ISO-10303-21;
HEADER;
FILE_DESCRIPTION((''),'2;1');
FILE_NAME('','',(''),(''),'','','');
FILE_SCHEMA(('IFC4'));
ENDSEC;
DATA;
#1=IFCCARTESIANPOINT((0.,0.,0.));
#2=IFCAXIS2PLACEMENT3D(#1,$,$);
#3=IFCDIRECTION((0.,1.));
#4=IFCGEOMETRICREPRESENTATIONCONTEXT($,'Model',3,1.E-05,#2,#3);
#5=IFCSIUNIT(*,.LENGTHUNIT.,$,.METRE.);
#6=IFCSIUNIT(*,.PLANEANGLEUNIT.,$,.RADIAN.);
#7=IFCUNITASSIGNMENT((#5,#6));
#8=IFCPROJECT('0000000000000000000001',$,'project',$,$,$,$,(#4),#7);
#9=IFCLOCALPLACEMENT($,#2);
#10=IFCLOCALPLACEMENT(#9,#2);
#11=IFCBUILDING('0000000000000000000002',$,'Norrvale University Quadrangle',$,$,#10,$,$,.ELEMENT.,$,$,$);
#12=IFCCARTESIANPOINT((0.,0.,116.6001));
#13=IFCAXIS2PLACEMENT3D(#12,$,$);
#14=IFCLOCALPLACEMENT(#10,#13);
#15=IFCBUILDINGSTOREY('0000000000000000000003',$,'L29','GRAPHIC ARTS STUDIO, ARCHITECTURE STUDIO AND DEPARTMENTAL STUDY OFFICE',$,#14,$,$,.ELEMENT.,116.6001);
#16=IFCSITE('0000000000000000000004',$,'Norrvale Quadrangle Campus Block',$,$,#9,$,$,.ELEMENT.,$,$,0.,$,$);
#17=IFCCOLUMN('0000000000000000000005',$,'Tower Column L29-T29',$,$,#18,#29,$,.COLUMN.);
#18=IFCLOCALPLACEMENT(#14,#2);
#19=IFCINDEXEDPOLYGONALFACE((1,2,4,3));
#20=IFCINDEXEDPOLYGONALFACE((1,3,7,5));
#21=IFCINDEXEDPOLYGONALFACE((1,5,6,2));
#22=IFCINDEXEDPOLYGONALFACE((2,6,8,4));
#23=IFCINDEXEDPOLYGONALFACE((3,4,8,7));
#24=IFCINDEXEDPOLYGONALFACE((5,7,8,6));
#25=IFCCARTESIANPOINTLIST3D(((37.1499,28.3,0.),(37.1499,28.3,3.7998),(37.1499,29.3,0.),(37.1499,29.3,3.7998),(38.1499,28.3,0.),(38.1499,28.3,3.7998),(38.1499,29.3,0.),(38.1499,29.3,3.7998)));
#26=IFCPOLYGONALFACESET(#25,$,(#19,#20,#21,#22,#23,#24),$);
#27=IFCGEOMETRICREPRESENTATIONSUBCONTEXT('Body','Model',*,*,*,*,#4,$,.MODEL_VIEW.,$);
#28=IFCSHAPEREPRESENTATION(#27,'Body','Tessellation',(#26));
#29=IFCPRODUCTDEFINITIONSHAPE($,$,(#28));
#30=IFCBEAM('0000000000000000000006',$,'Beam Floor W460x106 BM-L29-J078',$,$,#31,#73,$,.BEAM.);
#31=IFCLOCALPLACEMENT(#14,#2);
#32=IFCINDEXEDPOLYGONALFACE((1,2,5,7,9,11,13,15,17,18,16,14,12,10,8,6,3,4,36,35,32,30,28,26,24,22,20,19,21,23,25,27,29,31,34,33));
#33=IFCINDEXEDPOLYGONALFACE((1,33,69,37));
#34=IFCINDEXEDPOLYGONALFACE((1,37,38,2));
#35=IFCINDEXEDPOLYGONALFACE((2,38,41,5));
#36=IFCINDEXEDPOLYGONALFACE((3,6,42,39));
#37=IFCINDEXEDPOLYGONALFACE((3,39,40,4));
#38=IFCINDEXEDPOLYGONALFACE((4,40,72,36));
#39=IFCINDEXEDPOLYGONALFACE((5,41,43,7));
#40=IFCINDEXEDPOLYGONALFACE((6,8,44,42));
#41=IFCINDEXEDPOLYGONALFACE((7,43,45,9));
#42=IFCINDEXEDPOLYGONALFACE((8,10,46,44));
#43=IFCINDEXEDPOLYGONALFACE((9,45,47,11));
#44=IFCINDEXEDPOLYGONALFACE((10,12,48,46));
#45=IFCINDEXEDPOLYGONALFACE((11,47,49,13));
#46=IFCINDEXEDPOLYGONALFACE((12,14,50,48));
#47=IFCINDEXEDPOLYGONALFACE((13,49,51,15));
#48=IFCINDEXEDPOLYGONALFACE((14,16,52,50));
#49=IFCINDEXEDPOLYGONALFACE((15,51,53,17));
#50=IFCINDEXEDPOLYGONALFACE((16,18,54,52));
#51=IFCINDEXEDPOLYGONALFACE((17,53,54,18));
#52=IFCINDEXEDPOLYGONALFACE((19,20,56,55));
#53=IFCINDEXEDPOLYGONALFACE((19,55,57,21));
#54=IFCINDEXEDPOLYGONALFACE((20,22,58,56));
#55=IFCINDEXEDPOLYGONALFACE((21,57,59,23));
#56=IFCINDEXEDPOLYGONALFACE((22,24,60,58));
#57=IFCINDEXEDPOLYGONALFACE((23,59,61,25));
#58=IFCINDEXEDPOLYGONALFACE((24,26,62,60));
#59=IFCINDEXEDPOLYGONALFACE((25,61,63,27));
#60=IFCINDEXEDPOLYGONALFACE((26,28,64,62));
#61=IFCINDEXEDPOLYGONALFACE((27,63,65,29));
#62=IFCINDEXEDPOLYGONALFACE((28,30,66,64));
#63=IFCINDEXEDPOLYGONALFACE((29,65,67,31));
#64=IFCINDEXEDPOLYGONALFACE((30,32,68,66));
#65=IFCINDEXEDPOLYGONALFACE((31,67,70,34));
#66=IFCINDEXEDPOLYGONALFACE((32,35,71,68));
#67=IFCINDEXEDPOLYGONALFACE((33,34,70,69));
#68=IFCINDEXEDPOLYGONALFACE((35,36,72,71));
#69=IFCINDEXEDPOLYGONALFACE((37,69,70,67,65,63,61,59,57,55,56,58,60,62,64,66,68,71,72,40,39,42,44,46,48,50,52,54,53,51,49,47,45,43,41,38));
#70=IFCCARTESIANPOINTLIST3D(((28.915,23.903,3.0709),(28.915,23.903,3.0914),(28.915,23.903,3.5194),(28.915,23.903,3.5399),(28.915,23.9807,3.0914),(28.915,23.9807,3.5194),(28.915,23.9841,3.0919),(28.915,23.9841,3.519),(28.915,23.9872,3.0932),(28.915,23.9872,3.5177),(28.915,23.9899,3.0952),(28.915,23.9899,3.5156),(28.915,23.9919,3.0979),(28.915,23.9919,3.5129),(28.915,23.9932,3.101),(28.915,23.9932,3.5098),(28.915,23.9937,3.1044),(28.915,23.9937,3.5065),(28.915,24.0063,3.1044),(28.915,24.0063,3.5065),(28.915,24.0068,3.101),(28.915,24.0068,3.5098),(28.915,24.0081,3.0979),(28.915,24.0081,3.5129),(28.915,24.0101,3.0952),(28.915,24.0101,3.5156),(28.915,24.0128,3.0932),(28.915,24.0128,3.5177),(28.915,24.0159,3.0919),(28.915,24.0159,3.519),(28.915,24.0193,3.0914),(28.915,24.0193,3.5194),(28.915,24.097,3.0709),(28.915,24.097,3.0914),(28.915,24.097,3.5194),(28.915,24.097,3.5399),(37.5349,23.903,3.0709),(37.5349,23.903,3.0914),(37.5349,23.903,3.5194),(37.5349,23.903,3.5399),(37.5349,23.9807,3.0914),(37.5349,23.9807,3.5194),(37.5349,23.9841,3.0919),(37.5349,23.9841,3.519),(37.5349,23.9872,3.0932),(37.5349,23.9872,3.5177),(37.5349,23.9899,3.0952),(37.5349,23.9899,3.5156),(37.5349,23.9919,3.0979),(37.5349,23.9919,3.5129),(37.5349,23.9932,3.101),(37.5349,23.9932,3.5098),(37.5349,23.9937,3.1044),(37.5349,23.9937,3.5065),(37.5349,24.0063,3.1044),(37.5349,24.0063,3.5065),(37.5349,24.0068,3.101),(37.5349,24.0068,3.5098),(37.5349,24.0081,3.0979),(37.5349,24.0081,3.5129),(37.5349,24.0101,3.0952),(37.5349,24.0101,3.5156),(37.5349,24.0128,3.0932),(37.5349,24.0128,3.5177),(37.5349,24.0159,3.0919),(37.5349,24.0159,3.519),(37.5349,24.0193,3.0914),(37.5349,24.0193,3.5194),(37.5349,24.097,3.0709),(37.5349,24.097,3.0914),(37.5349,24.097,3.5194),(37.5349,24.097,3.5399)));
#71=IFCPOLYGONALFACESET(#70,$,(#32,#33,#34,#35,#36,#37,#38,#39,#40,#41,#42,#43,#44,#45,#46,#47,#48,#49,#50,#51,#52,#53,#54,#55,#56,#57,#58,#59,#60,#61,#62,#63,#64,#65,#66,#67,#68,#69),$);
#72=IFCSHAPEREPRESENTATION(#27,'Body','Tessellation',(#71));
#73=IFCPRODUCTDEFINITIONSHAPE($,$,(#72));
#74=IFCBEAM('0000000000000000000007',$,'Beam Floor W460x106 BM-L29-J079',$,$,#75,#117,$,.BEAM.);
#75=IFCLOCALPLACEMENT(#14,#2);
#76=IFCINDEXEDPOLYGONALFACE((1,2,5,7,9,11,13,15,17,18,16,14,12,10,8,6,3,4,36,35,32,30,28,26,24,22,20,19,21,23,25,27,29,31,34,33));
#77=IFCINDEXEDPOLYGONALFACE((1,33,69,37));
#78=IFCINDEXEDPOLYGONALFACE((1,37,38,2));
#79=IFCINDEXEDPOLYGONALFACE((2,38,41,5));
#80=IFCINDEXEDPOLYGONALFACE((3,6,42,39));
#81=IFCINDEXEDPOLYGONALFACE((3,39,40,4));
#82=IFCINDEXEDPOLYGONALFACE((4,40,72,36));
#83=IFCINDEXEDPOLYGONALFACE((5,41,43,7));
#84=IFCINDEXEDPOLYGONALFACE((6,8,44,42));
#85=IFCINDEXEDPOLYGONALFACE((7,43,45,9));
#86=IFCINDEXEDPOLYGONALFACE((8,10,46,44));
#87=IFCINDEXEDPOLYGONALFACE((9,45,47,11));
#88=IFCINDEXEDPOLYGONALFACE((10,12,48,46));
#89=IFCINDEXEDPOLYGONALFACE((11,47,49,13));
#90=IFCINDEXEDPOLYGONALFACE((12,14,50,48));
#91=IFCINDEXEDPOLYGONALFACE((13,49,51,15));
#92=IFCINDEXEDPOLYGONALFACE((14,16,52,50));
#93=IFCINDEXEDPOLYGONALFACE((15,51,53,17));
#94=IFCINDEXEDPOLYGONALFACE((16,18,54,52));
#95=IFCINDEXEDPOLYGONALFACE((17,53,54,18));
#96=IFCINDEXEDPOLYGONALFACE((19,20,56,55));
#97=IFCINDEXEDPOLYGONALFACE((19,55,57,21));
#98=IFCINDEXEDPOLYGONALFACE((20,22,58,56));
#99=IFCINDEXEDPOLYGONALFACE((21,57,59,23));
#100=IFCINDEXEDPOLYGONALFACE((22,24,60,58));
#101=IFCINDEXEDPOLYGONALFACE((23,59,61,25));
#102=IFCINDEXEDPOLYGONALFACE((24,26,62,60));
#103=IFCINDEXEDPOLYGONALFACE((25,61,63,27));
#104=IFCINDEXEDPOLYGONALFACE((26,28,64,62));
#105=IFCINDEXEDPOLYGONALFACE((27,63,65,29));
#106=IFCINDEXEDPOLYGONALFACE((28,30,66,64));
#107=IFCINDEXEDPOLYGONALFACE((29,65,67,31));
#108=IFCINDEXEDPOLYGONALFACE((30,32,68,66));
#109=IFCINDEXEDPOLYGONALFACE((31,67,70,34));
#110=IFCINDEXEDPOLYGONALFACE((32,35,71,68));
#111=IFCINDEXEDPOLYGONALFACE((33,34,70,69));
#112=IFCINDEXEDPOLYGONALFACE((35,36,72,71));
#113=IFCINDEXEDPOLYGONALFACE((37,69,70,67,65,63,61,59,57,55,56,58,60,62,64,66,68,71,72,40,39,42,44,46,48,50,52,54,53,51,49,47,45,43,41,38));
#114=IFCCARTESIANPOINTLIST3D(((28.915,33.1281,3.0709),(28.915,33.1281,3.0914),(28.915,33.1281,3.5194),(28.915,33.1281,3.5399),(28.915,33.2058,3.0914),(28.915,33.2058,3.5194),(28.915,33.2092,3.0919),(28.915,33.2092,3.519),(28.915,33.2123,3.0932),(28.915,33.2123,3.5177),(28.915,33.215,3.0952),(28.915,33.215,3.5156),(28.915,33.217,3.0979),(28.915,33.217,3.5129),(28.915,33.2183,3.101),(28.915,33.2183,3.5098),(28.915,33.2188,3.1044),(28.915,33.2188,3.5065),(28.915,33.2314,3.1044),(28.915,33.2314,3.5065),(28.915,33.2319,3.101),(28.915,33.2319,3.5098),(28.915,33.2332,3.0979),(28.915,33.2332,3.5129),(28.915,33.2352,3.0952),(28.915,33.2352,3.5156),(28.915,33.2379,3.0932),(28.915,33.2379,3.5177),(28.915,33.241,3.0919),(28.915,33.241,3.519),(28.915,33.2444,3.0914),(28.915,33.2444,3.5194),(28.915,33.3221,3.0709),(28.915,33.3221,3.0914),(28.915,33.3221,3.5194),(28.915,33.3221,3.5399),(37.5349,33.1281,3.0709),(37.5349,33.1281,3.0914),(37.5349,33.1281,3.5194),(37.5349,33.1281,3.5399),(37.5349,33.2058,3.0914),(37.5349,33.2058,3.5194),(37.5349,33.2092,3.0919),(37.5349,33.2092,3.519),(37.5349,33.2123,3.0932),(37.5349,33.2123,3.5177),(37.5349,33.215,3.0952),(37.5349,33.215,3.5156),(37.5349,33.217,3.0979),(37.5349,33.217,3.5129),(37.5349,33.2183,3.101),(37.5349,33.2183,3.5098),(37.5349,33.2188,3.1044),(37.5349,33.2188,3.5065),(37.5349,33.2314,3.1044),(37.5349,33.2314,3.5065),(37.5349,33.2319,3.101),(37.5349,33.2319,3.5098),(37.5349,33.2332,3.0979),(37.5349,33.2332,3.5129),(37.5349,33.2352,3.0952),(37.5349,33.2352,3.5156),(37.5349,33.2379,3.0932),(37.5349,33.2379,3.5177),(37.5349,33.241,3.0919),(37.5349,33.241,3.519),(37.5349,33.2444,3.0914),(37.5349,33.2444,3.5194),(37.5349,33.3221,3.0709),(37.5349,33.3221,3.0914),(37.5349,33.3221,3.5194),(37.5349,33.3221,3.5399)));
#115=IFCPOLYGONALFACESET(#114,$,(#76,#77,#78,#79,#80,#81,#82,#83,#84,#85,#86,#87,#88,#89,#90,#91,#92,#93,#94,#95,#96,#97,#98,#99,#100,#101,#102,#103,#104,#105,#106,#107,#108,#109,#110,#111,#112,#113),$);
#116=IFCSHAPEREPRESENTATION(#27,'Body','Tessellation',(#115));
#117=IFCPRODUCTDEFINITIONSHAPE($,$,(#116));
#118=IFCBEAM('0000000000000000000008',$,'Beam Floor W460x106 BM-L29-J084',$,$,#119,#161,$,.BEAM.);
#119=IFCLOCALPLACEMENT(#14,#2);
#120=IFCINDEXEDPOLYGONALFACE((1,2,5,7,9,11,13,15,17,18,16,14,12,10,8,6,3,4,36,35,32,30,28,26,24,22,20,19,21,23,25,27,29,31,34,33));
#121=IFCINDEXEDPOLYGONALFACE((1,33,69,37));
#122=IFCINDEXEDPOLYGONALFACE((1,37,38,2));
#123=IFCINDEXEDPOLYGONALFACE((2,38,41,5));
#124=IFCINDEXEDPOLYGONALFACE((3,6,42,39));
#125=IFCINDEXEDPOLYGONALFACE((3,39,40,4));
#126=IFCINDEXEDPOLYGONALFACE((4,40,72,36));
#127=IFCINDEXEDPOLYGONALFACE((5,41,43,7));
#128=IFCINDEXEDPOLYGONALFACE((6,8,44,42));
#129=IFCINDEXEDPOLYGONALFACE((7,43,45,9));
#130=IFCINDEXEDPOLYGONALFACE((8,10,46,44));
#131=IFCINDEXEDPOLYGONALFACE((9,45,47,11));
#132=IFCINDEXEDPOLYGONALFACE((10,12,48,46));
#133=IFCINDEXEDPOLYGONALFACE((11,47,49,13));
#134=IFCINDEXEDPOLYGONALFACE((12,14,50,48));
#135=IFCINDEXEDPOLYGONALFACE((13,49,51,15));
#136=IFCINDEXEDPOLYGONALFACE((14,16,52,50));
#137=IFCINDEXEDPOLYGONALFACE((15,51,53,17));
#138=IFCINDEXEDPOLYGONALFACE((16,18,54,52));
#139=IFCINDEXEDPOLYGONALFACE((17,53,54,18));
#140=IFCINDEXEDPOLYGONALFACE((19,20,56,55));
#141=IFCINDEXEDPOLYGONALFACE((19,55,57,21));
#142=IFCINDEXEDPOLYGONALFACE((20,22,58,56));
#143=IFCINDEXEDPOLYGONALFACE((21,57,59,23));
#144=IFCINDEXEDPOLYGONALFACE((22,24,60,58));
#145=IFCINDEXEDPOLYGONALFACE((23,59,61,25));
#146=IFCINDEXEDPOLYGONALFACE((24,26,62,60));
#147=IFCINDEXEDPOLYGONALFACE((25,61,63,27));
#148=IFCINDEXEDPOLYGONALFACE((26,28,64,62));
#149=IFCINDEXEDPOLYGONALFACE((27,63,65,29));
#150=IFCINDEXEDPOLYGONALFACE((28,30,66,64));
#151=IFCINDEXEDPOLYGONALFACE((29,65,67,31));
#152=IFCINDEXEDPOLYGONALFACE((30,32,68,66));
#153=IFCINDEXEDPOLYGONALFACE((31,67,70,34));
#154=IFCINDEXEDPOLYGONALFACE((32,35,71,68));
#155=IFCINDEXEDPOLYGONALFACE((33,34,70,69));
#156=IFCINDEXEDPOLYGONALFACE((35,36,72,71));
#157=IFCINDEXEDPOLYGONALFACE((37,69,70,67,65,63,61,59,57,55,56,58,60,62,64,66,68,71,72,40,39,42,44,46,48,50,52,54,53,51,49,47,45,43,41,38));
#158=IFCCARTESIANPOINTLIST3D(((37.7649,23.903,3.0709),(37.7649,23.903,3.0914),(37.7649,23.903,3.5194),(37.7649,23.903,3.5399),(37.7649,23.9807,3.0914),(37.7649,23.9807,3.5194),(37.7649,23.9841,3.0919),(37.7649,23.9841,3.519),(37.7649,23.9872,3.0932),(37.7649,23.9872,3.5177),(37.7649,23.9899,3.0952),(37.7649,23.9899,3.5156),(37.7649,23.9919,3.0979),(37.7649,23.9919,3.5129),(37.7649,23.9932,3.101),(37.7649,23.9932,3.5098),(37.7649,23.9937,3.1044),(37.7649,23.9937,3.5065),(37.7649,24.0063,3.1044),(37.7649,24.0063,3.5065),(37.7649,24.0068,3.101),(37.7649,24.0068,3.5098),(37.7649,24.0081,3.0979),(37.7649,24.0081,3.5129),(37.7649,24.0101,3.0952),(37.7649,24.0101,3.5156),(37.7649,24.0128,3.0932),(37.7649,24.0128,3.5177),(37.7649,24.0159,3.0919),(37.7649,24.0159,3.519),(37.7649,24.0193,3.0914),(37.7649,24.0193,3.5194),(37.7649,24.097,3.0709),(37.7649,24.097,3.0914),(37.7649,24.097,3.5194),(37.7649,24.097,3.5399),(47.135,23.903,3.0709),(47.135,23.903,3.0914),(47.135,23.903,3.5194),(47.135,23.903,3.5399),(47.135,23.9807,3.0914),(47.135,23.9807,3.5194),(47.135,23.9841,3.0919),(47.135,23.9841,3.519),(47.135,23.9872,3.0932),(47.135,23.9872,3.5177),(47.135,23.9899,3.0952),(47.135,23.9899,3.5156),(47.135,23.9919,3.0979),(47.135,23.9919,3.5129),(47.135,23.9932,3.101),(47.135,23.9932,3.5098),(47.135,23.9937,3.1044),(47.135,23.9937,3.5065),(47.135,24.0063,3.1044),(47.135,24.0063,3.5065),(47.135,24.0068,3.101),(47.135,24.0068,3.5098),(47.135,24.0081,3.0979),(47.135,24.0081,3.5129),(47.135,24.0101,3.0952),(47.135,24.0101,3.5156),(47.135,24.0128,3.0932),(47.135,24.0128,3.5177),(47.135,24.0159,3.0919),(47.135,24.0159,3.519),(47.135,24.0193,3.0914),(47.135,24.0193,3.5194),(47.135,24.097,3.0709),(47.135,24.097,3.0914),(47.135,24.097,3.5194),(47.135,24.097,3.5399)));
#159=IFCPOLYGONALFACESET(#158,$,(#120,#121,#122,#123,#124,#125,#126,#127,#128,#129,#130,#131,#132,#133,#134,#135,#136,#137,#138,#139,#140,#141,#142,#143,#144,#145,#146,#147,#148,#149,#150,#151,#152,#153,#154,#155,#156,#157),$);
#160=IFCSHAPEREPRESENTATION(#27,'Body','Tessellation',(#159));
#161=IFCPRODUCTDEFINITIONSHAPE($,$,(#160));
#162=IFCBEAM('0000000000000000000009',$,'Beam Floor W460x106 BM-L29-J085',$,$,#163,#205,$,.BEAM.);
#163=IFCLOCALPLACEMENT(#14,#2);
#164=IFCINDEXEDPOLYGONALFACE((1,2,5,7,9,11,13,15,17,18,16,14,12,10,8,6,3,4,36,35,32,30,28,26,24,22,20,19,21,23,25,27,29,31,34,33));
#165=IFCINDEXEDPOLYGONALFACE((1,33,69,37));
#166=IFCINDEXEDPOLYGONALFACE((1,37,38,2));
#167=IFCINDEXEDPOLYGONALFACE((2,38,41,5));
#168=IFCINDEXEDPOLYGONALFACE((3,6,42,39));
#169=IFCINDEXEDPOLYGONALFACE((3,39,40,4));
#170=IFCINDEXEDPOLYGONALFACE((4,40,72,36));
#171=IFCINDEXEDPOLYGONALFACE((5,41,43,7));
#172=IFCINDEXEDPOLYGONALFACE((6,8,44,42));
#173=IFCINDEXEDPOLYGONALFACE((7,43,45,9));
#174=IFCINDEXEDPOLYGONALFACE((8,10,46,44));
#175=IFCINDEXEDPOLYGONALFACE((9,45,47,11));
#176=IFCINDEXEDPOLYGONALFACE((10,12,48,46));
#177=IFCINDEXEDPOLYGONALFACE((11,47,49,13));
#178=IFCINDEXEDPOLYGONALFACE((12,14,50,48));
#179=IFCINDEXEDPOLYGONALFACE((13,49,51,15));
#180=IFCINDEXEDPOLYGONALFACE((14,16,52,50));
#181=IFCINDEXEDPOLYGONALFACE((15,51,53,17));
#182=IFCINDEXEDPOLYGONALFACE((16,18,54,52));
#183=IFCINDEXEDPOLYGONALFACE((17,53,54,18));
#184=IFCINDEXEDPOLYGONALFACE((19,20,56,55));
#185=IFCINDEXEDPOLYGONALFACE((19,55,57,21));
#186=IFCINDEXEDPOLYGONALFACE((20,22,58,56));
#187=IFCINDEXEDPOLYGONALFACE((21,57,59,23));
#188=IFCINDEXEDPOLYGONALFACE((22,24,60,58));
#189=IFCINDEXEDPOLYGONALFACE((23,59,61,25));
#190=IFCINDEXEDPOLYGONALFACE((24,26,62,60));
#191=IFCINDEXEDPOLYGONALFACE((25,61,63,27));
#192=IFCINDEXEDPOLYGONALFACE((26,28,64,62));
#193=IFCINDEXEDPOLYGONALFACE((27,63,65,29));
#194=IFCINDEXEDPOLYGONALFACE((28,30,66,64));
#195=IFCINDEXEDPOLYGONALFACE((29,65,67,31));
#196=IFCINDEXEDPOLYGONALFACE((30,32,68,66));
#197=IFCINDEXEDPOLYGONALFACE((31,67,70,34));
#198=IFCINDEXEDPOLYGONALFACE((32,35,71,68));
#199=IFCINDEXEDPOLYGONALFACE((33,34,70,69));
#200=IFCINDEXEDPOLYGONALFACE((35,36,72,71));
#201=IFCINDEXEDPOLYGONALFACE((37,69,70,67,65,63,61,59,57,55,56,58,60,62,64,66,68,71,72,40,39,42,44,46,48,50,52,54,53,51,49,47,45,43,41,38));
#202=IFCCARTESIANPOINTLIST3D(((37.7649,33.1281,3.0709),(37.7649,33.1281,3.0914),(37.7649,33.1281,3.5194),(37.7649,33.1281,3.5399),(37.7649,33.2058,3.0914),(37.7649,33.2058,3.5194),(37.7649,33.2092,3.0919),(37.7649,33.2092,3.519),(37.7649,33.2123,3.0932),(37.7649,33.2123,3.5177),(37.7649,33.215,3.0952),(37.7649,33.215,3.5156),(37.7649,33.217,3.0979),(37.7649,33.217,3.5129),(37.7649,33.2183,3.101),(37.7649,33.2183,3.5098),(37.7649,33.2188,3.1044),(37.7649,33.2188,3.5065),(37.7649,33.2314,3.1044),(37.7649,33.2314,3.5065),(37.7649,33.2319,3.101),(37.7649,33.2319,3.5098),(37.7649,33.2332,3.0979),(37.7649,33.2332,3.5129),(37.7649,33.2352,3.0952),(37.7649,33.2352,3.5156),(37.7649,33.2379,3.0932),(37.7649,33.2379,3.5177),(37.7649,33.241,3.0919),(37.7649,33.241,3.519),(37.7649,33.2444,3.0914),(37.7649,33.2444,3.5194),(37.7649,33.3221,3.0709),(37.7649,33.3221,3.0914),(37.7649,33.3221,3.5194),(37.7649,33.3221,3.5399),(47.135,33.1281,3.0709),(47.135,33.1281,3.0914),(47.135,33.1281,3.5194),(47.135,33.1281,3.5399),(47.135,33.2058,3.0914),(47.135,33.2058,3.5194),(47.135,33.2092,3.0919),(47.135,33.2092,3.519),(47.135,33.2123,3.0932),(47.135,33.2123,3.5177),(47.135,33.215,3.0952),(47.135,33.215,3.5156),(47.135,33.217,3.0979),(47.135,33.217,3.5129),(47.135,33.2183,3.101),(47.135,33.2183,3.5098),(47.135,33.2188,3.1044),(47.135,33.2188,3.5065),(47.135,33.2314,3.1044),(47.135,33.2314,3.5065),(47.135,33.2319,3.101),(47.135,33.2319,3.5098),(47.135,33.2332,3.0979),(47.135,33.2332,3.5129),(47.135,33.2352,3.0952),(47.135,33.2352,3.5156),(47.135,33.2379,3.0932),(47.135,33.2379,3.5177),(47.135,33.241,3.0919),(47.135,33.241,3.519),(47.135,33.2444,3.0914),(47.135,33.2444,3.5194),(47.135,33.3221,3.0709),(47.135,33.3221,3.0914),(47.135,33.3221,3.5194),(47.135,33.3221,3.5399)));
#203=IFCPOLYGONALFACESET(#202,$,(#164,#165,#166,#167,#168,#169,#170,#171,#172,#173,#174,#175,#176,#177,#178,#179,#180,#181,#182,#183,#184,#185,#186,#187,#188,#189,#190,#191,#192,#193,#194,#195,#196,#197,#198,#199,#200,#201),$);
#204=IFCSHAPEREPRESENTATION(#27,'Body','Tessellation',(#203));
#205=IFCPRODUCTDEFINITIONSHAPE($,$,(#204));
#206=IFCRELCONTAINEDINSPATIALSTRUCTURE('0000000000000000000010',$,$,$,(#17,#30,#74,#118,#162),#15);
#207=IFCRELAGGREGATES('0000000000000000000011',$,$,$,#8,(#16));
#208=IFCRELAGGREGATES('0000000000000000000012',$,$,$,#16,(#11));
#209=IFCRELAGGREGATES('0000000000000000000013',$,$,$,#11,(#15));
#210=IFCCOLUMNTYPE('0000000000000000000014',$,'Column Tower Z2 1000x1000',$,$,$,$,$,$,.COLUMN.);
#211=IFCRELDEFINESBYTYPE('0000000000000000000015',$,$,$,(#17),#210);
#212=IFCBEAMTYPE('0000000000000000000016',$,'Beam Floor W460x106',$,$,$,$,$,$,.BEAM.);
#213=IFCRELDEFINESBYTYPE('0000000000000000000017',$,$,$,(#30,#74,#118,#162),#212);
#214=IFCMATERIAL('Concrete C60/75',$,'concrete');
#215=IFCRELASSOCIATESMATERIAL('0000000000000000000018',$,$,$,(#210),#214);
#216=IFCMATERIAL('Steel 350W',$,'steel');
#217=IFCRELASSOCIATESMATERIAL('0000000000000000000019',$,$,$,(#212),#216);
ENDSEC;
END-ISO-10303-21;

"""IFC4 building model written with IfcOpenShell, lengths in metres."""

from ifc_helpers import new_model, si_unit, direction, frame, origin, origin_2d, place, context, subcontext, project, spatial, rectangle, i_section, extrude, material, material_profile, profile_set, type_object, element, save


model = new_model("IFC4")

# Units and contexts
model_context = context("Model", 3, precision=1e-05, world=origin(), true_north=direction((0.0, 1.0)))
body_context = subcontext(model_context, "Body", "Model", "MODEL_VIEW")
ifc_project = project(units=[si_unit("LENGTHUNIT", "METRE"), si_unit("PLANEANGLEUNIT", "RADIAN")], contexts=[model_context])

# Site, building, storey
site_placement = place(None, origin())
site = spatial("IfcSite", under=ifc_project, at=site_placement, Name="Norrvale Quadrangle Campus Block", CompositionType="ELEMENT", RefElevation=0.0)
building_placement = place(site_placement, origin())
building = spatial("IfcBuilding", under=site, at=building_placement, Name="Norrvale University Quadrangle", CompositionType="ELEMENT")
storey_placement = place(building_placement, frame((0.0, 0.0, 116.6001)))
storey = spatial("IfcBuildingStorey", under=building, at=storey_placement, Name="L29", Description="GRAPHIC ARTS STUDIO, ARCHITECTURE STUDIO AND DEPARTMENTAL STUDY OFFICE", CompositionType="ELEMENT", Elevation=116.6001)

# Column
ifc_material_1 = material(Name="Concrete C60/75", Category="concrete")
ifc_material_profile_1 = material_profile(ifc_material_1, rectangle(XDim=1.0, YDim=1.0, at=origin_2d()), Name="Concrete C60/75")
ifc_profile_set_1 = profile_set([ifc_material_profile_1], Name="Concrete C60/75")
column_type = type_object("IfcColumnType", Name="Column Tower Z2 1000x1000", PredefinedType="COLUMN", material=ifc_profile_set_1)
column_placement = place(storey_placement, frame((37.6499, 28.8, 0.0), z_axis=(0.0, 0.0, 1.0), x_axis=(1.0, 0.0, 0.0)))
element("IfcColumn", 1, at=column_placement, inside=storey, type_object=column_type, Name="Tower Column L29-T29", PredefinedType="COLUMN", context=body_context, shape_type="SweptSolid", body=[
    extrude(rectangle(XDim=1.0, YDim=1.0, at=origin_2d()), origin(), (0.0, 0.0, 1.0), 3.7998),
])

# Beams
ifc_material_2 = material(Name="Steel 350W", Category="steel")
ifc_material_profile_2 = material_profile(ifc_material_2, i_section(OverallWidth=0.1941, OverallDepth=0.469, WebThickness=0.0127, FlangeThickness=0.0205, FilletRadius=0.0129, at=origin_2d()), Name="Steel 350W")
ifc_profile_set_2 = profile_set([ifc_material_profile_2], Name="Steel 350W")
beam_type_1 = type_object("IfcBeamType", Name="Beam Floor W460x106", PredefinedType="BEAM", material=ifc_profile_set_2)
for number, where, z_axis, x_axis, name in (
    (2, (28.915, 24.0, 3.3054), (1.0, 0.0, 0.0), (0.0, 1.0, 0.0), "Beam Floor W460x106 BM-L29-J078"),
    (3, (28.915, 33.2251, 3.3054), (1.0, 0.0, 0.0), (0.0, 1.0, 0.0), "Beam Floor W460x106 BM-L29-J079"),
):
    element("IfcBeam", number, at=place(storey_placement, frame(where, z_axis=z_axis, x_axis=x_axis)), inside=storey, type_object=beam_type_1, Name=name, PredefinedType="BEAM", context=body_context, shape_type="SweptSolid", body=[
        extrude(i_section(OverallWidth=0.1941, OverallDepth=0.469, WebThickness=0.0127, FlangeThickness=0.0205, FilletRadius=0.0129, at=origin_2d()), origin(), (0.0, 0.0, 1.0), 8.6199),
    ])
for number, where, z_axis, x_axis, name in (
    (4, (37.7649, 24.0, 3.3054), (1.0, 0.0, 0.0), (0.0, 1.0, 0.0), "Beam Floor W460x106 BM-L29-J084"),
    (5, (37.7649, 33.2251, 3.3054), (1.0, 0.0, 0.0), (0.0, 1.0, 0.0), "Beam Floor W460x106 BM-L29-J085"),
):
    element("IfcBeam", number, at=place(storey_placement, frame(where, z_axis=z_axis, x_axis=x_axis)), inside=storey, type_object=beam_type_1, Name=name, PredefinedType="BEAM", context=body_context, shape_type="SweptSolid", body=[
        extrude(i_section(OverallWidth=0.1941, OverallDepth=0.469, WebThickness=0.0127, FlangeThickness=0.0205, FilletRadius=0.0129, at=origin_2d()), origin(), (0.0, 0.0, 1.0), 9.3701),
    ])

save(model, "model.ifc")
